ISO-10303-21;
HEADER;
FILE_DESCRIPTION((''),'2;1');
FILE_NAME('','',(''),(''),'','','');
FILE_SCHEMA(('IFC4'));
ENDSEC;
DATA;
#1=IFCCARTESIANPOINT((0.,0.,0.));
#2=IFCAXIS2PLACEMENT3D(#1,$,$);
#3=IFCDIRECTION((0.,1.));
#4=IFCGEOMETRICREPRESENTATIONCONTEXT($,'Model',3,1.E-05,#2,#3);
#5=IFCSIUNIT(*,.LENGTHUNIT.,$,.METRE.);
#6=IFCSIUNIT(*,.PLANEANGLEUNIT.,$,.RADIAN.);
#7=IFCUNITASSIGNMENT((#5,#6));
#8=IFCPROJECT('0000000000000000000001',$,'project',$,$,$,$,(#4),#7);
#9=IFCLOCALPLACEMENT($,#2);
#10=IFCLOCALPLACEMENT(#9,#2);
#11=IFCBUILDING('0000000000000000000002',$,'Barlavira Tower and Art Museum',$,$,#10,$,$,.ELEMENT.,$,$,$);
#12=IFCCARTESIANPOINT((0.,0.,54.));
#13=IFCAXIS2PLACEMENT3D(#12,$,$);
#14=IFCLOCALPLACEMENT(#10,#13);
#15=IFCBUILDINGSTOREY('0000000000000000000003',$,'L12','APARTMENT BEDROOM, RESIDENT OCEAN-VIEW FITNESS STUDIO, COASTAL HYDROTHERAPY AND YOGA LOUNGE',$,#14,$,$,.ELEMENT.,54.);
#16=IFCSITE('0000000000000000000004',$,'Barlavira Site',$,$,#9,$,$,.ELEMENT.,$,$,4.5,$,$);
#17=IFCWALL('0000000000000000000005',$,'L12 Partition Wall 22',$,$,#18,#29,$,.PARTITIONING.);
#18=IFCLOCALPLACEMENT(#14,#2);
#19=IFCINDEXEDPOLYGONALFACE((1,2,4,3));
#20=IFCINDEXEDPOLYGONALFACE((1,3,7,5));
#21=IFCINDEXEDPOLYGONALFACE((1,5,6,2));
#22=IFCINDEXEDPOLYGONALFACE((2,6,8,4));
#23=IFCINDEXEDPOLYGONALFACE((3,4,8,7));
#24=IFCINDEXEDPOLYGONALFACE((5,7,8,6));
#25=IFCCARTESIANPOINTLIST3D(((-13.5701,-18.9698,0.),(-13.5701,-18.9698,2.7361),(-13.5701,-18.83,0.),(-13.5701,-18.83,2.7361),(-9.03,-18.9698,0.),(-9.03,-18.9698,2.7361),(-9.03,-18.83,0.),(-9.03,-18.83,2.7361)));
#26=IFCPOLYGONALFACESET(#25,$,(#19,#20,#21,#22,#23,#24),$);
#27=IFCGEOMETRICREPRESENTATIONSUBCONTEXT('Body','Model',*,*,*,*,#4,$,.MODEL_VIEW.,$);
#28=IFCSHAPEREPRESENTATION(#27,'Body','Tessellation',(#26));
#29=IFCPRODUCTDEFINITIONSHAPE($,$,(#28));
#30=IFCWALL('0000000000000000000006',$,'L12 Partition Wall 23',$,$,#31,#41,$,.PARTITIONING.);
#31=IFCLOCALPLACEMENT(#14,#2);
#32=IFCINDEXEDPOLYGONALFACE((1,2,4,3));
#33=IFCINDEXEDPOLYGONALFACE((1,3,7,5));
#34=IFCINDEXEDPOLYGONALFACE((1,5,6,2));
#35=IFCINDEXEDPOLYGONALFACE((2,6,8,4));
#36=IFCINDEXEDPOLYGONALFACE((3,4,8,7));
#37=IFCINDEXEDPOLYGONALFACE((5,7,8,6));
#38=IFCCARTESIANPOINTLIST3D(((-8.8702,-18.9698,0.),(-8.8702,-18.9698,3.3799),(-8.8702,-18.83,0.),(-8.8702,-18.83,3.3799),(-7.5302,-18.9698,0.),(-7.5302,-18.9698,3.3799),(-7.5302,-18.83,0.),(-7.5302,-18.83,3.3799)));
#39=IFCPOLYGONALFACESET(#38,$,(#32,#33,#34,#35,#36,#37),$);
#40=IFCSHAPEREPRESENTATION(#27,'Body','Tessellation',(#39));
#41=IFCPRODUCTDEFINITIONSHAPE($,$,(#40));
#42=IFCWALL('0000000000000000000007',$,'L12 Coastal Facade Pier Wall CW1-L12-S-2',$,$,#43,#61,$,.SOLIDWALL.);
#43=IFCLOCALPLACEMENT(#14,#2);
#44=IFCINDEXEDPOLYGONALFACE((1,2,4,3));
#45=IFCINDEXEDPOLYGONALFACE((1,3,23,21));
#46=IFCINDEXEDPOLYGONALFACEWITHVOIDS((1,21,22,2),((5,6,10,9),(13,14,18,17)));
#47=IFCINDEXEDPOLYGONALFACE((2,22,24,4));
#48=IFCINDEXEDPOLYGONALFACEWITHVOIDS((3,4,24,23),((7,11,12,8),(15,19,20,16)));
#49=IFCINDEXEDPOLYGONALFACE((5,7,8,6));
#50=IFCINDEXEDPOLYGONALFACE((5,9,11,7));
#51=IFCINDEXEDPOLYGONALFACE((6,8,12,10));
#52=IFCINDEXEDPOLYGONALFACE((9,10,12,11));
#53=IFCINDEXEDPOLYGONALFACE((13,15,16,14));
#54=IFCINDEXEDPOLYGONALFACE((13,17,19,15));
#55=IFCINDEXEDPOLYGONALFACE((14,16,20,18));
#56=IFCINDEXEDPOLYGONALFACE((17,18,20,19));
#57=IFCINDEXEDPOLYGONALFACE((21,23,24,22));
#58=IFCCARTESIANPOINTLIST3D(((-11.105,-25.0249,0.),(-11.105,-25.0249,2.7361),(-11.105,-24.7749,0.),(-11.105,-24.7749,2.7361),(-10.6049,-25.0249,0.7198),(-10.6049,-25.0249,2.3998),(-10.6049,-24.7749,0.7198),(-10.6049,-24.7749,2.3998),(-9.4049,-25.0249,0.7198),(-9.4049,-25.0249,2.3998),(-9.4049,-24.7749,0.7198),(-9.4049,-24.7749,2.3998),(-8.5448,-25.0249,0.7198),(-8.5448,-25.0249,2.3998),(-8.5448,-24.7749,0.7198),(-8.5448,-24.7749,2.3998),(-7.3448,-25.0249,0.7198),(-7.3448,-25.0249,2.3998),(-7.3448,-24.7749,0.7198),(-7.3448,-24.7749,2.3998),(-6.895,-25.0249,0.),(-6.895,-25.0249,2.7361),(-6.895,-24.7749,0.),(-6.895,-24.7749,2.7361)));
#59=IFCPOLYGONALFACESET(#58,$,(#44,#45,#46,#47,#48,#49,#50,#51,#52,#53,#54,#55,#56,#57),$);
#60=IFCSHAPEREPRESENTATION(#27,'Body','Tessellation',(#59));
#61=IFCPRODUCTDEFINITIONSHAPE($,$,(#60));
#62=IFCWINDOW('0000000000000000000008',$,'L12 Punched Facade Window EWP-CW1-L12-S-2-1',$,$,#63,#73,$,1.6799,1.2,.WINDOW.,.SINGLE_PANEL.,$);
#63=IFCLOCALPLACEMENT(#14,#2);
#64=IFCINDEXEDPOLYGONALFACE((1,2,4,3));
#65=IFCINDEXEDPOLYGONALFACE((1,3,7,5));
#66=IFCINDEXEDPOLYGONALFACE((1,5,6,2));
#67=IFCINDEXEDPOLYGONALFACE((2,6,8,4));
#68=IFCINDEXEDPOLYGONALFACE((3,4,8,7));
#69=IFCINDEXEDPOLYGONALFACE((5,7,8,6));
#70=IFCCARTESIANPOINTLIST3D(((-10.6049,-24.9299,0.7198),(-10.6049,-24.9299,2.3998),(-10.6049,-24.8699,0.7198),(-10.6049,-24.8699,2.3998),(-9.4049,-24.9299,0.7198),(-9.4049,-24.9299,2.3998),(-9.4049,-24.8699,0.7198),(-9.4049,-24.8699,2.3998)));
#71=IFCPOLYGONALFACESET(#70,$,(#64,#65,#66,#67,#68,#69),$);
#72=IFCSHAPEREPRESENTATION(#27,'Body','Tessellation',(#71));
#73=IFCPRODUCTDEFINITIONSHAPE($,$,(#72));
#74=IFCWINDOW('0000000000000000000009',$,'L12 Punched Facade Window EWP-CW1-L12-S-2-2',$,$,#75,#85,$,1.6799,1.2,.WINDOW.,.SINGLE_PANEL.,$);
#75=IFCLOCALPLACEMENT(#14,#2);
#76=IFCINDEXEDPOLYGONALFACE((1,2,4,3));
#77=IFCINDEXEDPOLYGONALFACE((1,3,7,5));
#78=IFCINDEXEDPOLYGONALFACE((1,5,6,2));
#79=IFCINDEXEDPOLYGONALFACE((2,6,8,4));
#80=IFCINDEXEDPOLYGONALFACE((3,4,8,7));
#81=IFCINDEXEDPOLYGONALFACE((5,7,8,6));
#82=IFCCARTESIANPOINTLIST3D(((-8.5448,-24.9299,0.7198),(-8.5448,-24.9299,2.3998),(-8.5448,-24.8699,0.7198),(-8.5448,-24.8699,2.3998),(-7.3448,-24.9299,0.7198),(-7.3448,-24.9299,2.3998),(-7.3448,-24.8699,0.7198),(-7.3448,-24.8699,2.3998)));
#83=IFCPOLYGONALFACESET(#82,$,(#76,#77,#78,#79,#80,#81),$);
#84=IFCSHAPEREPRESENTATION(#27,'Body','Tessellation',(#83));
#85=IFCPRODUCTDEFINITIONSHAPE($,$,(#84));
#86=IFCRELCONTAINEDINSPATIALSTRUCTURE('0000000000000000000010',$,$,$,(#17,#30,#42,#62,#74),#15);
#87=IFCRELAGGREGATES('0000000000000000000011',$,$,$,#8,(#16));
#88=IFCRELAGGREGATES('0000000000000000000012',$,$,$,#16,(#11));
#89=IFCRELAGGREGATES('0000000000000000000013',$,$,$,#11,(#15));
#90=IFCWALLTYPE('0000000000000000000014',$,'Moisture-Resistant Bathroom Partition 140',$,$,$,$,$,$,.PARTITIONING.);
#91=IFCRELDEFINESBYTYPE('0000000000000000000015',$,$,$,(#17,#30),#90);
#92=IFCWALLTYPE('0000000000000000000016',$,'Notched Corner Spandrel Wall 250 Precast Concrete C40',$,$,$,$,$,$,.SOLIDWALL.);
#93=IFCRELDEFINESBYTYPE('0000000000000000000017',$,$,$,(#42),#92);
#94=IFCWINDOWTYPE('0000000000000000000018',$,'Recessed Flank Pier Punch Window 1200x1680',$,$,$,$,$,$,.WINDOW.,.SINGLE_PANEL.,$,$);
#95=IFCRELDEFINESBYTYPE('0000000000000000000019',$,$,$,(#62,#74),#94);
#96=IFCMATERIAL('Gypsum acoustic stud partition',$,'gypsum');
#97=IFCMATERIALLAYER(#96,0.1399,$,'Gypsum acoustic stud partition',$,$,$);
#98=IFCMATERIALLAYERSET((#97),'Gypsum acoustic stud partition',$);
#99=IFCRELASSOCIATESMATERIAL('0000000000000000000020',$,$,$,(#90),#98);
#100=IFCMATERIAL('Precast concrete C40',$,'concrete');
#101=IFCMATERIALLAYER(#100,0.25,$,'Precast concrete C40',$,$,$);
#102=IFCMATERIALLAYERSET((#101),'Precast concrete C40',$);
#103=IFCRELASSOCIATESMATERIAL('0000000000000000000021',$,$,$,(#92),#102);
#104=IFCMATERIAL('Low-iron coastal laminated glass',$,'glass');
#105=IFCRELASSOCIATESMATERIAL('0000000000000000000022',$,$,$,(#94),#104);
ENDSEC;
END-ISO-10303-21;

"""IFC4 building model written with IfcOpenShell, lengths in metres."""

from ifc_helpers import new_model, si_unit, direction, frame, frame_2d, origin, place, context, subcontext, project, spatial, rectangle, extrude, material, layer, layer_set, type_object, element, fill, save


model = new_model("IFC4")

# Units and contexts
model_context = context("Model", 3, precision=1e-05, world=origin(), true_north=direction((0.0, 1.0)))
body_context = subcontext(model_context, "Body", "Model", "MODEL_VIEW")
ifc_project = project(units=[si_unit("LENGTHUNIT", "METRE"), si_unit("PLANEANGLEUNIT", "RADIAN")], contexts=[model_context])

# Site, building, storey
site_placement = place(None, origin())
site = spatial("IfcSite", under=ifc_project, at=site_placement, Name="Barlavira Site", CompositionType="ELEMENT", RefElevation=4.5)
building_placement = place(site_placement, origin())
building = spatial("IfcBuilding", under=site, at=building_placement, Name="Barlavira Tower and Art Museum", CompositionType="ELEMENT")
storey_placement = place(building_placement, frame((0.0, 0.0, 54.0)))
storey = spatial("IfcBuildingStorey", under=building, at=storey_placement, Name="L12", Description="APARTMENT BEDROOM, RESIDENT OCEAN-VIEW FITNESS STUDIO, COASTAL HYDROTHERAPY AND YOGA LOUNGE", CompositionType="ELEMENT", Elevation=54.0)

# Shared definitions
ifc_material_1 = material(Name="Gypsum acoustic stud partition", Category="gypsum")

# Walls
ifc_layer_1 = layer(ifc_material_1, 0.1399, Name="Gypsum acoustic stud partition")
ifc_layer_set_1 = layer_set([ifc_layer_1], Name="Gypsum acoustic stud partition")
wall_type_1 = type_object("IfcWallType", Name="Moisture-Resistant Bathroom Partition 140", PredefinedType="PARTITIONING", material=ifc_layer_set_1)
wall_1_placement = place(storey_placement, frame((-13.5701, -18.8999, 0.0), z_axis=(0.0, 0.0, 1.0), x_axis=(1.0, 0.0, 0.0)))
element("IfcWall", 1, at=wall_1_placement, inside=storey, type_object=wall_type_1, Name="L12 Partition Wall 22", PredefinedType="PARTITIONING", context=body_context, shape_type="SweptSolid", body=[
    extrude(rectangle(XDim=4.54, YDim=0.1399, at=frame_2d((2.27, 0.0))), origin(), (0.0, 0.0, 1.0), 2.7361),
])
wall_2_placement = place(storey_placement, frame((-8.8701, -18.8999, 0.0), z_axis=(0.0, 0.0, 1.0), x_axis=(1.0, 0.0, 0.0)))
element("IfcWall", 2, at=wall_2_placement, inside=storey, type_object=wall_type_1, Name="L12 Partition Wall 23", PredefinedType="PARTITIONING", context=body_context, shape_type="SweptSolid", body=[
    extrude(rectangle(XDim=1.3401, YDim=0.1399, at=frame_2d((0.6699, 0.0))), origin(), (0.0, 0.0, 1.0), 3.3799),
])

# Wall, openings, windows
ifc_material_2 = material(Name="Precast concrete C40", Category="concrete")
ifc_layer_2 = layer(ifc_material_2, 0.25, Name="Precast concrete C40")
ifc_layer_set_2 = layer_set([ifc_layer_2], Name="Precast concrete C40")
wall_type_2 = type_object("IfcWallType", Name="Notched Corner Spandrel Wall 250 Precast Concrete C40", PredefinedType="SOLIDWALL", material=ifc_layer_set_2)
wall_3_placement = place(storey_placement, frame((-11.105, -24.8999, 0.0), z_axis=(0.0, 0.0, 1.0), x_axis=(1.0, 0.0, 0.0)))
wall_3 = element("IfcWall", 3, at=wall_3_placement, inside=storey, type_object=wall_type_2, Name="L12 Coastal Facade Pier Wall CW1-L12-S-2", PredefinedType="SOLIDWALL", context=body_context, shape_type="SweptSolid", body=[
    extrude(rectangle(XDim=4.21, YDim=0.25, at=frame_2d((2.105, 0.0))), origin(), (0.0, 0.0, 1.0), 2.7361),
])
opening_1_placement = place(wall_3_placement, frame((0.5, 0.0, 0.72)))
opening_1 = element("IfcOpeningElement", 4, at=opening_1_placement, cuts=wall_3, PredefinedType="OPENING", context=body_context, shape_type="SweptSolid", body=[
    extrude(rectangle(XDim=1.2, YDim=1.6799, at=frame_2d((0.6001, 0.8398))), frame((0.0, 0.135, 0.0), z_axis=(0.0, -1.0, 0.0), x_axis=(1.0, 0.0, 0.0)), (0.0, 0.0, 1.0), 0.27),
])
opening_2_placement = place(wall_3_placement, frame((2.5601, 0.0, 0.72)))
opening_2 = element("IfcOpeningElement", 5, at=opening_2_placement, cuts=wall_3, PredefinedType="OPENING", context=body_context, shape_type="SweptSolid", body=[
    extrude(rectangle(XDim=1.2, YDim=1.6799, at=frame_2d((0.6001, 0.8398))), frame((0.0, 0.135, 0.0), z_axis=(0.0, -1.0, 0.0), x_axis=(1.0, 0.0, 0.0)), (0.0, 0.0, 1.0), 0.27),
])
ifc_material_3 = material(Name="Low-iron coastal laminated glass", Category="glass")
window_type = type_object("IfcWindowType", Name="Recessed Flank Pier Punch Window 1200x1680", PartitioningType="SINGLE_PANEL", PredefinedType="WINDOW", material=ifc_material_3)
window_1_placement = place(opening_1_placement, origin())
window_1 = element("IfcWindow", 6, at=window_1_placement, inside=storey, type_object=window_type, Name="L12 Punched Facade Window EWP-CW1-L12-S-2-1", OverallHeight=1.6799, OverallWidth=1.2, PartitioningType="SINGLE_PANEL", PredefinedType="WINDOW", context=body_context, shape_type="SweptSolid", body=[
    extrude(rectangle(XDim=1.2, YDim=1.6799, at=frame_2d((0.6001, 0.8398))), frame((0.0, 0.03, 0.0), z_axis=(0.0, -1.0, 0.0), x_axis=(1.0, 0.0, 0.0)), (0.0, 0.0, 1.0), 0.0601),
])
fill(opening_1, window_1)
window_2_placement = place(opening_2_placement, origin())
window_2 = element("IfcWindow", 7, at=window_2_placement, inside=storey, type_object=window_type, Name="L12 Punched Facade Window EWP-CW1-L12-S-2-2", OverallHeight=1.6799, OverallWidth=1.2, PartitioningType="SINGLE_PANEL", PredefinedType="WINDOW", context=body_context, shape_type="SweptSolid", body=[
    extrude(rectangle(XDim=1.2, YDim=1.6799, at=frame_2d((0.6001, 0.8398))), frame((0.0, 0.03, 0.0), z_axis=(0.0, -1.0, 0.0), x_axis=(1.0, 0.0, 0.0)), (0.0, 0.0, 1.0), 0.0601),
])
fill(opening_2, window_2)

save(model, "model.ifc")
